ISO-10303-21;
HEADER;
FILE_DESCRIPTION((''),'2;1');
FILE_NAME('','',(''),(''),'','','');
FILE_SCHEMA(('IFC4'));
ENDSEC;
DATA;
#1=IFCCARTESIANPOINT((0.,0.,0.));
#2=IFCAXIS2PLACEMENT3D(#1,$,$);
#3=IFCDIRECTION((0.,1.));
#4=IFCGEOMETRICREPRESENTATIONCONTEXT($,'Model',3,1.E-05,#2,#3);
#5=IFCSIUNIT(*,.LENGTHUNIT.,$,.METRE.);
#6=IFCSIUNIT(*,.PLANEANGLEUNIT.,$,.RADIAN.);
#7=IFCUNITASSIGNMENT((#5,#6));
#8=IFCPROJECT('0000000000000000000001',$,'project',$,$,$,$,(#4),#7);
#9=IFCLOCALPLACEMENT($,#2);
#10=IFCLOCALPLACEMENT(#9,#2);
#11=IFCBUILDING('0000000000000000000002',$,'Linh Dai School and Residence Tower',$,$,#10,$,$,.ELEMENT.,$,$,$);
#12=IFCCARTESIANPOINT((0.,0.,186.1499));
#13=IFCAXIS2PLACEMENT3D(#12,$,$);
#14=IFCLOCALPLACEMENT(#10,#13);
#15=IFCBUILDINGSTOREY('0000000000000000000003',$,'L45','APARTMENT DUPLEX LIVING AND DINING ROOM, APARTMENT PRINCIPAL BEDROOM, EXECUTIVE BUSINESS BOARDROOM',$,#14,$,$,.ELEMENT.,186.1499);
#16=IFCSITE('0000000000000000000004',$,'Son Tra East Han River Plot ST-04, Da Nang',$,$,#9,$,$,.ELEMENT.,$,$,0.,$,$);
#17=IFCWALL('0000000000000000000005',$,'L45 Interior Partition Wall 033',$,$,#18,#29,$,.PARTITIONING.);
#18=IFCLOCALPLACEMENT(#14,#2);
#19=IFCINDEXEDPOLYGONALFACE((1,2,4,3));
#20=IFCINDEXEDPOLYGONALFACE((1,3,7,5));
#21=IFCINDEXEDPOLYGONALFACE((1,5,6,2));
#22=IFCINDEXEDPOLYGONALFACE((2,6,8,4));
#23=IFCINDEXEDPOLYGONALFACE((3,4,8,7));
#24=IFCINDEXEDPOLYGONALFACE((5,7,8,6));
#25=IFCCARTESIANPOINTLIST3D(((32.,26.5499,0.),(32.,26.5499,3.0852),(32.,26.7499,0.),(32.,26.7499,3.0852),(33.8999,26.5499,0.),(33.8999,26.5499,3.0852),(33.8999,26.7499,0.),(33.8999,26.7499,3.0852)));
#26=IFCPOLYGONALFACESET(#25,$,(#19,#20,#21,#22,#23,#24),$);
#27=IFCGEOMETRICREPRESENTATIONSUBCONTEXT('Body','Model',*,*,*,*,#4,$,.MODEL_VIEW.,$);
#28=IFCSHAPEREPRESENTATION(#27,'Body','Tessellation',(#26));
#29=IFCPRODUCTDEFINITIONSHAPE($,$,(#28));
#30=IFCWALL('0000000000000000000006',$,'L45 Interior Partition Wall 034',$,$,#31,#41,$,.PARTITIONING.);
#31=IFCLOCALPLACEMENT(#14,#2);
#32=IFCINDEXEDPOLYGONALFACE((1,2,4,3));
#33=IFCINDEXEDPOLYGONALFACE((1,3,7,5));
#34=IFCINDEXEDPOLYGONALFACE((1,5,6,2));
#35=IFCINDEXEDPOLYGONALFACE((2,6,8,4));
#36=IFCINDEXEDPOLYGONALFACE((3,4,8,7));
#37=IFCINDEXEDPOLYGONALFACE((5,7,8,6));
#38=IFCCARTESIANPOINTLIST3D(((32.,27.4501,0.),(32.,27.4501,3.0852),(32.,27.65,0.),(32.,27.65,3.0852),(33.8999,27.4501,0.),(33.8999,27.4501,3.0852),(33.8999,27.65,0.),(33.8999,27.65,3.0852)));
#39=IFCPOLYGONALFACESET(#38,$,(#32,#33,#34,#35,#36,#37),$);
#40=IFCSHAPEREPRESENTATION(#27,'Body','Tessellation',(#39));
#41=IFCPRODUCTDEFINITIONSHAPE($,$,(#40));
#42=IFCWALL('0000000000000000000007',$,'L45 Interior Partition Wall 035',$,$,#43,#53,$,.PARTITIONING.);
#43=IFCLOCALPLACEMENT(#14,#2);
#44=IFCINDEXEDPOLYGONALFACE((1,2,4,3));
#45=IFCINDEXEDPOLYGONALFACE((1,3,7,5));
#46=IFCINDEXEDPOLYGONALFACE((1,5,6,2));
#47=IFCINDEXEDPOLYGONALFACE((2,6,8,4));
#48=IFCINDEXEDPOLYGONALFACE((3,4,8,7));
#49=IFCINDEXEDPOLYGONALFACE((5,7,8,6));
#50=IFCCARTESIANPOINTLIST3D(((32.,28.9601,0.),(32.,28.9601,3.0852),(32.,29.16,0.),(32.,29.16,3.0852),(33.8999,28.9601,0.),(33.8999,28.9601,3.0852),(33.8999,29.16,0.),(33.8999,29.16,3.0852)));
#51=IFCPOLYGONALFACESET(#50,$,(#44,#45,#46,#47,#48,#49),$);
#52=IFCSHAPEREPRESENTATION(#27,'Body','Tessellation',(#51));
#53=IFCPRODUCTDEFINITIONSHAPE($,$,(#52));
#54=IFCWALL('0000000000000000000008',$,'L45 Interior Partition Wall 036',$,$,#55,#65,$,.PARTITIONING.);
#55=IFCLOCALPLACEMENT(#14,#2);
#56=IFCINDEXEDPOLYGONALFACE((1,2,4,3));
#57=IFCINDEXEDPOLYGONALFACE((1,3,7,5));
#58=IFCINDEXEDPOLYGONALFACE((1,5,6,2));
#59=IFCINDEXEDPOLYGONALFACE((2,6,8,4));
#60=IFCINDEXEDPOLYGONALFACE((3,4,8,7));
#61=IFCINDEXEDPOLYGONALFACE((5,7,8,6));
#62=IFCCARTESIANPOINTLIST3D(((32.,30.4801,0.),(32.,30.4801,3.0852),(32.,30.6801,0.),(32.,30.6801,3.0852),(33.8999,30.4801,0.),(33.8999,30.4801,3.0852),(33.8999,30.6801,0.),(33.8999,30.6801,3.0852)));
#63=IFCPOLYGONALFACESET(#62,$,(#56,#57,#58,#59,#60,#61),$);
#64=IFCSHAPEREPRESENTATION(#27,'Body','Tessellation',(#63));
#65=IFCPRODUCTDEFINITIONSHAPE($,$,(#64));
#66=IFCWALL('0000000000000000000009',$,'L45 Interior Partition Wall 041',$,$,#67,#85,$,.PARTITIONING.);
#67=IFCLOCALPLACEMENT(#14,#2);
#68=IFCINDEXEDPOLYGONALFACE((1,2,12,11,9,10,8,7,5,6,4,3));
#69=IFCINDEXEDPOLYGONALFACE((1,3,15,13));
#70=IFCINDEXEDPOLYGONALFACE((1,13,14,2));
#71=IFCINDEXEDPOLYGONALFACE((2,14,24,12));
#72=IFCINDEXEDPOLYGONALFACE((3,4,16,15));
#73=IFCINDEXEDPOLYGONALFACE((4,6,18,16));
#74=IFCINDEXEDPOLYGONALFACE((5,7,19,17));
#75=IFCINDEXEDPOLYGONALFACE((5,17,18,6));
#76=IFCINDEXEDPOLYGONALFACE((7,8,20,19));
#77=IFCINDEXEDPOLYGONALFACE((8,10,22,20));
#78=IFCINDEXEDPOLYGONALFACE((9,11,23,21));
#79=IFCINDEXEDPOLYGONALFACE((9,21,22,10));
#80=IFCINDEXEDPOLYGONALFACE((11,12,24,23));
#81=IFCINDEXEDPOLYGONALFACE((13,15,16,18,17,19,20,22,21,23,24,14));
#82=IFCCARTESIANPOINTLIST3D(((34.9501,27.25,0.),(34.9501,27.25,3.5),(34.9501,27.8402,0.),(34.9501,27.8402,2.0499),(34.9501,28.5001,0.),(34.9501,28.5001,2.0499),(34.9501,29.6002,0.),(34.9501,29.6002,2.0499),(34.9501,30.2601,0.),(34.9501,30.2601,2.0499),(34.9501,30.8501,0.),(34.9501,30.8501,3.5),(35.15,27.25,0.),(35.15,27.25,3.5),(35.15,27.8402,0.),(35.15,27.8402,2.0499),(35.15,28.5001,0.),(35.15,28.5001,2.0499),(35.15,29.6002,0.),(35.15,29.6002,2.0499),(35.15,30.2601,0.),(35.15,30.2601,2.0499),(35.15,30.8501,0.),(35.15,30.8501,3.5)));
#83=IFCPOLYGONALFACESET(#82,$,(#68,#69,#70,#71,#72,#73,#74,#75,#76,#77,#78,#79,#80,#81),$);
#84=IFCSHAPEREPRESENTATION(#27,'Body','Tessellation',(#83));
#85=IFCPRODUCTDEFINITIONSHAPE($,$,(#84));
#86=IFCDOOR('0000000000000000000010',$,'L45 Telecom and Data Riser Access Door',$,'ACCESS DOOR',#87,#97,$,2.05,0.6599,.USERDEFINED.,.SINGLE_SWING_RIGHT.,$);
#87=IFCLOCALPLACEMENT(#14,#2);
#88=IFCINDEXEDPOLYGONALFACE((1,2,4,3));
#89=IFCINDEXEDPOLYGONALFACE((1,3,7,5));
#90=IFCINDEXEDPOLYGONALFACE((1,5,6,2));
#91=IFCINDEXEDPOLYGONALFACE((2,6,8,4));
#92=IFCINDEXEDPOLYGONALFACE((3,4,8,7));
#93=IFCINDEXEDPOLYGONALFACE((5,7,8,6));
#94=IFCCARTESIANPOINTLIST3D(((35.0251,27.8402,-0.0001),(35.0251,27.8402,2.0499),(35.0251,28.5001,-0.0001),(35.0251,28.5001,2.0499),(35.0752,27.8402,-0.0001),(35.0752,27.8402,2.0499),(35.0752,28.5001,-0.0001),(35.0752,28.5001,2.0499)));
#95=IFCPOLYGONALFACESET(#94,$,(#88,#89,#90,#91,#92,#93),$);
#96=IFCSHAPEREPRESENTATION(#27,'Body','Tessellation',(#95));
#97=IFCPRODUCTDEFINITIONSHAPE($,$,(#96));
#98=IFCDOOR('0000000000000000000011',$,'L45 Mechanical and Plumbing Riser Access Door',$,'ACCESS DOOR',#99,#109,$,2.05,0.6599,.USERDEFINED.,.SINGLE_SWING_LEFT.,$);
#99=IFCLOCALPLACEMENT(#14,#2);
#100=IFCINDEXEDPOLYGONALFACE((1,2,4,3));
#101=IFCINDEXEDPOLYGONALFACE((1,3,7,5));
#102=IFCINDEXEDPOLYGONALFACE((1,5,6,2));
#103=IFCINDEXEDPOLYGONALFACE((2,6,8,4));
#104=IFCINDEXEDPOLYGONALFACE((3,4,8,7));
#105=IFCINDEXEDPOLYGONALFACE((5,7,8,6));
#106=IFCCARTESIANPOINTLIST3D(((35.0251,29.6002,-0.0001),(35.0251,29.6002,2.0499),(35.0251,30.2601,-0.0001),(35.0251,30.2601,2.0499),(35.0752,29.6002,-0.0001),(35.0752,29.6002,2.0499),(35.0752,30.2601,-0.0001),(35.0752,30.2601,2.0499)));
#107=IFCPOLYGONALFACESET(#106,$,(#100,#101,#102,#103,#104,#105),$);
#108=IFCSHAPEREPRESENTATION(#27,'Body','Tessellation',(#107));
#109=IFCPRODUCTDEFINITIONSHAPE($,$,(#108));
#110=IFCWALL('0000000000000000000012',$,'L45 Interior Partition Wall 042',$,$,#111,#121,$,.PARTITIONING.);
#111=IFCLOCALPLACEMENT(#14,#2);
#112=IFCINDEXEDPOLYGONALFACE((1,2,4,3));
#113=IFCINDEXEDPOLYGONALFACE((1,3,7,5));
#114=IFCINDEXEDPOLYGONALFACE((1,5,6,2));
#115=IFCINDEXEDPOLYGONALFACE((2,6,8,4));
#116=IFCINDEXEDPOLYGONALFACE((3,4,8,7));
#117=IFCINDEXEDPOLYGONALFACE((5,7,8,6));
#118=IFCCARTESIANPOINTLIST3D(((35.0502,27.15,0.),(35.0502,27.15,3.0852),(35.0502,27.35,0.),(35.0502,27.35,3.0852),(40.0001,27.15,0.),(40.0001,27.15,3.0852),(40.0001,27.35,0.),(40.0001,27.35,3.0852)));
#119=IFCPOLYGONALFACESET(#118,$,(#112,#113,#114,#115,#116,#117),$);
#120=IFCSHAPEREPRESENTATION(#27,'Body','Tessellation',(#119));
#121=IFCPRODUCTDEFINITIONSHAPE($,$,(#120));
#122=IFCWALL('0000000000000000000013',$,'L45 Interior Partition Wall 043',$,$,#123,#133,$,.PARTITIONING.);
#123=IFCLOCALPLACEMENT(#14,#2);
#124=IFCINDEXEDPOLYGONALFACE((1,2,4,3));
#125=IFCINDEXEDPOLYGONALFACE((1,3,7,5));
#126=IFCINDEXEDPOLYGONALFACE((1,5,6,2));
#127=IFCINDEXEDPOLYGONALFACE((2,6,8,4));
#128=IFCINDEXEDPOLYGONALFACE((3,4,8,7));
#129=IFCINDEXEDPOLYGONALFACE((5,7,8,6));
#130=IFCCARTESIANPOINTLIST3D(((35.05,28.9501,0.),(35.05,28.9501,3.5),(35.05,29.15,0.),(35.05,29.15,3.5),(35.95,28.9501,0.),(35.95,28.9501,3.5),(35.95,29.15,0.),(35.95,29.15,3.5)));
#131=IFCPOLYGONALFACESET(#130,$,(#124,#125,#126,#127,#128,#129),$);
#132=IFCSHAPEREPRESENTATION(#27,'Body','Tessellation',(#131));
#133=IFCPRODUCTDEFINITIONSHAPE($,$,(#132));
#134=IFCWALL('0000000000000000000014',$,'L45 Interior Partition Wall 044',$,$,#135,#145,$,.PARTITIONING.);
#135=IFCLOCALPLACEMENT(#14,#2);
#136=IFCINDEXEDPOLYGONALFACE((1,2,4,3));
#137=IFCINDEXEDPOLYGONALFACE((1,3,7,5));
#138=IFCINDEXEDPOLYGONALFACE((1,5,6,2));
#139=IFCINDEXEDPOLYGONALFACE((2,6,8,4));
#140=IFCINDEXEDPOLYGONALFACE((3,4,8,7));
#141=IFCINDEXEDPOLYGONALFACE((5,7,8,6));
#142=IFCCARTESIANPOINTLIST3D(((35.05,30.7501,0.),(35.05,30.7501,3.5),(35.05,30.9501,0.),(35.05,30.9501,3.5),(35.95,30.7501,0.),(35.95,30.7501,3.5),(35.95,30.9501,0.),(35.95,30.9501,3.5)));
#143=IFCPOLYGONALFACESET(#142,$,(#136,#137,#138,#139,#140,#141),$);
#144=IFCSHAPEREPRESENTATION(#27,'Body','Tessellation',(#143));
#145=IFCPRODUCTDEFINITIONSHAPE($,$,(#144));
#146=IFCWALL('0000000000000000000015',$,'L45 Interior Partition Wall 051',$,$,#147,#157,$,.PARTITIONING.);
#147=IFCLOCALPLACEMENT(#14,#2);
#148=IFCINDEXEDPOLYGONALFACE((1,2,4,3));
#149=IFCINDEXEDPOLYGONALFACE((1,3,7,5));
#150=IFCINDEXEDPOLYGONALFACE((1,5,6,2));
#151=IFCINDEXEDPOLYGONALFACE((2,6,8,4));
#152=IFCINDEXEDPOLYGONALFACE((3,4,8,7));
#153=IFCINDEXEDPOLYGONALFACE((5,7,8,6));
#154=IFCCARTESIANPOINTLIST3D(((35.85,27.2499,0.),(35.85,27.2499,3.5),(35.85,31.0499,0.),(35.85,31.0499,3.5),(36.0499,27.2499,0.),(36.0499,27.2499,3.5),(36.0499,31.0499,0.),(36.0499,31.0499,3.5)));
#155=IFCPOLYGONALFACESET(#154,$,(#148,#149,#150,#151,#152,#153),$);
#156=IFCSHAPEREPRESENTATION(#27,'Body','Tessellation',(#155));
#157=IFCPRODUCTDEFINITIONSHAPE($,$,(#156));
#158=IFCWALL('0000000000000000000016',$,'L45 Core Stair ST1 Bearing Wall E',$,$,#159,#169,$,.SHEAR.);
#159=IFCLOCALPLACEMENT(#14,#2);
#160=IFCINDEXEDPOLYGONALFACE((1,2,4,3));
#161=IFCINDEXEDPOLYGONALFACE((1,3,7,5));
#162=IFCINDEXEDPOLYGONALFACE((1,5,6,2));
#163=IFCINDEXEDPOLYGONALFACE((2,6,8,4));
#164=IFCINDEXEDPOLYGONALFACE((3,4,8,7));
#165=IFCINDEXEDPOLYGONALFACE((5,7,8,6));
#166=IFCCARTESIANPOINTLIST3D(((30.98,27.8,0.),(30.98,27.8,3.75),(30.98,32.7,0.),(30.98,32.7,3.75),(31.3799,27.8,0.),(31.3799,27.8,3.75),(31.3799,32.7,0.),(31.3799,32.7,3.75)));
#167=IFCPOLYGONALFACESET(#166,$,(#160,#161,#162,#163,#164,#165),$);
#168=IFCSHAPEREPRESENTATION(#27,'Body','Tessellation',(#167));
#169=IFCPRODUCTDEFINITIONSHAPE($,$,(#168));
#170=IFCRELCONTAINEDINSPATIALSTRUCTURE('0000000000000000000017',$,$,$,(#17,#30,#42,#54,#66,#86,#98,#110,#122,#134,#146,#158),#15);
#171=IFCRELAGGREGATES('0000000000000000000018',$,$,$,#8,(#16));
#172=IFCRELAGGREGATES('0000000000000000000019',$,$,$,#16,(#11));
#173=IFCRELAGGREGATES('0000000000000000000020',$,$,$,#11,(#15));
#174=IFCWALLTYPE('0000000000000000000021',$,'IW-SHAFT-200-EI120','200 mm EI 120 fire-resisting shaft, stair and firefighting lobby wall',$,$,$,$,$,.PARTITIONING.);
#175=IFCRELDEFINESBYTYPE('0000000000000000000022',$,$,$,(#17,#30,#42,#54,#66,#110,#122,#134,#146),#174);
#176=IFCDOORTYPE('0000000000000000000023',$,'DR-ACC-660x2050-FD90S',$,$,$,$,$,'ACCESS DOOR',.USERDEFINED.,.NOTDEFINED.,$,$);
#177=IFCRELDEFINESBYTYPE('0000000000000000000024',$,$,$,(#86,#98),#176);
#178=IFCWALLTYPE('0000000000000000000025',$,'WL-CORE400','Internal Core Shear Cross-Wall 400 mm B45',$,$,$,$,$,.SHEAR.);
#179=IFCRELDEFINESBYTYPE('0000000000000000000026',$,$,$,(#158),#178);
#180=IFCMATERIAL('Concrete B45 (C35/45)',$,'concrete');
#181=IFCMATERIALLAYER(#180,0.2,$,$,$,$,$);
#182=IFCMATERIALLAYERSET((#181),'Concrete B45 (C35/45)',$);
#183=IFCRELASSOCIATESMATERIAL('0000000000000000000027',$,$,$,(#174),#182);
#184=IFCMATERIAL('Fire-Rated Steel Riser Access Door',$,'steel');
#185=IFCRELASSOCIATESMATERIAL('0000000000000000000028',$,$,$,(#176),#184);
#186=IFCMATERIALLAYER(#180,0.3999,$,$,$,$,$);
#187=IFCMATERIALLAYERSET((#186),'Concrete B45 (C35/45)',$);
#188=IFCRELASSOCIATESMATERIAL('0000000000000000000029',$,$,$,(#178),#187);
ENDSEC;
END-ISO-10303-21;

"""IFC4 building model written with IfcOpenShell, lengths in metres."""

from ifc_helpers import new_model, si_unit, direction, frame, frame_2d, origin, origin_2d, place, context, subcontext, project, spatial, rectangle, extrude, source, transform, mapped, material, layer, layer_set, type_object, element, fill, save


model = new_model("IFC4")

# Units and contexts
model_context = context("Model", 3, precision=1e-05, world=origin(), true_north=direction((0.0, 1.0)))
body_context = subcontext(model_context, "Body", "Model", "MODEL_VIEW")
ifc_project = project(units=[si_unit("LENGTHUNIT", "METRE"), si_unit("PLANEANGLEUNIT", "RADIAN")], contexts=[model_context])

# Site, building, storey
site_placement = place(None, origin())
site = spatial("IfcSite", under=ifc_project, at=site_placement, Name="Son Tra East Han River Plot ST-04, Da Nang", CompositionType="ELEMENT", RefElevation=0.0)
building_placement = place(site_placement, origin())
building = spatial("IfcBuilding", under=site, at=building_placement, Name="Linh Dai School and Residence Tower", CompositionType="ELEMENT")
storey_placement = place(building_placement, frame((0.0, 0.0, 186.1499)))
storey = spatial("IfcBuildingStorey", under=building, at=storey_placement, Name="L45", Description="APARTMENT DUPLEX LIVING AND DINING ROOM, APARTMENT PRINCIPAL BEDROOM, EXECUTIVE BUSINESS BOARDROOM", CompositionType="ELEMENT", Elevation=186.1499)

# Walls
ifc_material_1 = material(Name="Concrete B45 (C35/45)", Category="concrete")
ifc_layer_1 = layer(ifc_material_1, 0.2)
ifc_layer_set_1 = layer_set([ifc_layer_1], Name="Concrete B45 (C35/45)")
wall_type_1 = type_object("IfcWallType", Name="IW-SHAFT-200-EI120", Description="200 mm EI 120 fire-resisting shaft, stair and firefighting lobby wall", PredefinedType="PARTITIONING", material=ifc_layer_set_1)
for number, where, z_axis, x_axis, name in (
    (1, (32.0, 26.6499, 0.0), (0.0, 0.0, 1.0), (1.0, 0.0, 0.0), "L45 Interior Partition Wall 033"),
    (2, (32.0, 27.55, 0.0), (0.0, 0.0, 1.0), (1.0, 0.0, 0.0), "L45 Interior Partition Wall 034"),
    (3, (32.0, 29.0601, 0.0), (0.0, 0.0, 1.0), (1.0, 0.0, 0.0), "L45 Interior Partition Wall 035"),
    (4, (32.0, 30.5801, 0.0), (0.0, 0.0, 1.0), (1.0, 0.0, 0.0), "L45 Interior Partition Wall 036"),
):
    element("IfcWall", number, at=place(storey_placement, frame(where, z_axis=z_axis, x_axis=x_axis)), inside=storey, type_object=wall_type_1, Name=name, PredefinedType="PARTITIONING", context=body_context, shape_type="SweptSolid", body=[
        extrude(rectangle(XDim=1.8999, YDim=0.2, at=frame_2d((0.95, 0.0))), origin(), (0.0, 0.0, 1.0), 3.0852),
    ])

# Wall, openings, doors
wall_1_placement = place(storey_placement, frame((35.05, 27.25, 0.0), z_axis=(0.0, 0.0, 1.0), x_axis=(0.0, 1.0, 0.0)))
wall_1 = element("IfcWall", 5, at=wall_1_placement, inside=storey, type_object=wall_type_1, Name="L45 Interior Partition Wall 041", PredefinedType="PARTITIONING", context=body_context, shape_type="SweptSolid", body=[
    extrude(rectangle(XDim=3.6001, YDim=0.2, at=frame_2d((1.8, 0.0))), origin(), (0.0, 0.0, 1.0), 3.5),
])
opening_1_placement = place(wall_1_placement, frame((0.5901, 0.0, 0.0)))
opening_1 = element("IfcOpeningElement", 6, at=opening_1_placement, cuts=wall_1, PredefinedType="OPENING", context=body_context, shape_type="SweptSolid", body=[
    extrude(rectangle(XDim=0.6599, YDim=2.05, at=origin_2d()), frame((0.3301, 0.1099, 1.0249), z_axis=(0.0, -1.0, 0.0), x_axis=(1.0, 0.0, 0.0)), (0.0, 0.0, 1.0), 0.22),
])
opening_2_placement = place(wall_1_placement, frame((2.3501, 0.0, 0.0)))
opening_2 = element("IfcOpeningElement", 7, at=opening_2_placement, cuts=wall_1, PredefinedType="OPENING", context=body_context, shape_type="SweptSolid", body=[
    extrude(rectangle(XDim=0.6599, YDim=2.05, at=origin_2d()), frame((0.3301, 0.1099, 1.0249), z_axis=(0.0, -1.0, 0.0), x_axis=(1.0, 0.0, 0.0)), (0.0, 0.0, 1.0), 0.22),
])
ifc_material_2 = material(Name="Fire-Rated Steel Riser Access Door", Category="steel")
door_type_1 = type_object("IfcDoorType", Name="DR-ACC-660x2050-FD90S", ElementType="ACCESS DOOR", OperationType="NOTDEFINED", PredefinedType="USERDEFINED", material=ifc_material_2)
shared_shape_1 = source(origin(), body_context, "Body", "SweptSolid", [
    extrude(rectangle(XDim=0.6599, YDim=2.05, at=origin_2d()), frame((0.3301, 0.0249, 1.0249), z_axis=(0.0, -1.0, 0.0), x_axis=(1.0, 0.0, 0.0)), (0.0, 0.0, 1.0), 0.05),
])
door_1_placement = place(opening_1_placement, origin())
door_1 = element("IfcDoor", 8, at=door_1_placement, inside=storey, type_object=door_type_1, Name="L45 Telecom and Data Riser Access Door", ObjectType="ACCESS DOOR", OperationType="SINGLE_SWING_RIGHT", OverallHeight=2.05, OverallWidth=0.6599, PredefinedType="USERDEFINED", context=body_context, shape_type="MappedRepresentation", body=[
    mapped(shared_shape_1, transform((0.0, 0.0, 0.0), x_axis=(1.0, 0.0, 0.0), y_axis=(0.0, 1.0, 0.0), z_axis=(0.0, 0.0, 1.0), scale=1.0)),
])
fill(opening_1, door_1)
door_2_placement = place(opening_2_placement, origin())
door_2 = element("IfcDoor", 9, at=door_2_placement, inside=storey, type_object=door_type_1, Name="L45 Mechanical and Plumbing Riser Access Door", ObjectType="ACCESS DOOR", OperationType="SINGLE_SWING_LEFT", OverallHeight=2.05, OverallWidth=0.6599, PredefinedType="USERDEFINED", context=body_context, shape_type="MappedRepresentation", body=[
    mapped(shared_shape_1, transform((0.0, 0.0, 0.0), x_axis=(1.0, 0.0, 0.0), y_axis=(0.0, 1.0, 0.0), z_axis=(0.0, 0.0, 1.0), scale=1.0)),
])
fill(opening_2, door_2)

# Walls
wall_2_placement = place(storey_placement, frame((35.05, 27.25, 0.0), z_axis=(0.0, 0.0, 1.0), x_axis=(1.0, 0.0, 0.0)))
element("IfcWall", 10, at=wall_2_placement, inside=storey, type_object=wall_type_1, Name="L45 Interior Partition Wall 042", PredefinedType="PARTITIONING", context=body_context, shape_type="SweptSolid", body=[
    extrude(rectangle(XDim=4.95, YDim=0.2, at=frame_2d((2.4751, 0.0))), origin(), (0.0, 0.0, 1.0), 3.0852),
])
for number, where, z_axis, x_axis, name in (
    (11, (35.05, 29.05, 0.0), (0.0, 0.0, 1.0), (1.0, 0.0, 0.0), "L45 Interior Partition Wall 043"),
    (12, (35.05, 30.8501, 0.0), (0.0, 0.0, 1.0), (1.0, 0.0, 0.0), "L45 Interior Partition Wall 044"),
):
    element("IfcWall", number, at=place(storey_placement, frame(where, z_axis=z_axis, x_axis=x_axis)), inside=storey, type_object=wall_type_1, Name=name, PredefinedType="PARTITIONING", context=body_context, shape_type="SweptSolid", body=[
        extrude(rectangle(XDim=0.8999, YDim=0.2, at=frame_2d((0.45, 0.0))), origin(), (0.0, 0.0, 1.0), 3.5),
    ])
wall_3_placement = place(storey_placement, frame((35.95, 27.25, 0.0), z_axis=(0.0, 0.0, 1.0), x_axis=(0.0, 1.0, 0.0)))
element("IfcWall", 13, at=wall_3_placement, inside=storey, type_object=wall_type_1, Name="L45 Interior Partition Wall 051", PredefinedType="PARTITIONING", context=body_context, shape_type="SweptSolid", body=[
    extrude(rectangle(XDim=3.8, YDim=0.2, at=frame_2d((1.8999, 0.0))), origin(), (0.0, 0.0, 1.0), 3.5),
])

# Wall
ifc_layer_2 = layer(ifc_material_1, 0.3999)
ifc_layer_set_2 = layer_set([ifc_layer_2], Name="Concrete B45 (C35/45)")
wall_type_2 = type_object("IfcWallType", Name="WL-CORE400", Description="Internal Core Shear Cross-Wall 400 mm B45", PredefinedType="SHEAR", material=ifc_layer_set_2)
wall_4_placement = place(storey_placement, frame((31.1799, 27.8, 0.0), z_axis=(0.0, 0.0, 1.0), x_axis=(0.0, 1.0, 0.0)))
element("IfcWall", 14, at=wall_4_placement, inside=storey, type_object=wall_type_2, Name="L45 Core Stair ST1 Bearing Wall E", PredefinedType="SHEAR", context=body_context, shape_type="SweptSolid", body=[
    extrude(rectangle(XDim=4.8999, YDim=0.3999, at=frame_2d((2.45, 0.0))), origin(), (0.0, 0.0, 1.0), 3.75),
])

save(model, "model.ifc")
